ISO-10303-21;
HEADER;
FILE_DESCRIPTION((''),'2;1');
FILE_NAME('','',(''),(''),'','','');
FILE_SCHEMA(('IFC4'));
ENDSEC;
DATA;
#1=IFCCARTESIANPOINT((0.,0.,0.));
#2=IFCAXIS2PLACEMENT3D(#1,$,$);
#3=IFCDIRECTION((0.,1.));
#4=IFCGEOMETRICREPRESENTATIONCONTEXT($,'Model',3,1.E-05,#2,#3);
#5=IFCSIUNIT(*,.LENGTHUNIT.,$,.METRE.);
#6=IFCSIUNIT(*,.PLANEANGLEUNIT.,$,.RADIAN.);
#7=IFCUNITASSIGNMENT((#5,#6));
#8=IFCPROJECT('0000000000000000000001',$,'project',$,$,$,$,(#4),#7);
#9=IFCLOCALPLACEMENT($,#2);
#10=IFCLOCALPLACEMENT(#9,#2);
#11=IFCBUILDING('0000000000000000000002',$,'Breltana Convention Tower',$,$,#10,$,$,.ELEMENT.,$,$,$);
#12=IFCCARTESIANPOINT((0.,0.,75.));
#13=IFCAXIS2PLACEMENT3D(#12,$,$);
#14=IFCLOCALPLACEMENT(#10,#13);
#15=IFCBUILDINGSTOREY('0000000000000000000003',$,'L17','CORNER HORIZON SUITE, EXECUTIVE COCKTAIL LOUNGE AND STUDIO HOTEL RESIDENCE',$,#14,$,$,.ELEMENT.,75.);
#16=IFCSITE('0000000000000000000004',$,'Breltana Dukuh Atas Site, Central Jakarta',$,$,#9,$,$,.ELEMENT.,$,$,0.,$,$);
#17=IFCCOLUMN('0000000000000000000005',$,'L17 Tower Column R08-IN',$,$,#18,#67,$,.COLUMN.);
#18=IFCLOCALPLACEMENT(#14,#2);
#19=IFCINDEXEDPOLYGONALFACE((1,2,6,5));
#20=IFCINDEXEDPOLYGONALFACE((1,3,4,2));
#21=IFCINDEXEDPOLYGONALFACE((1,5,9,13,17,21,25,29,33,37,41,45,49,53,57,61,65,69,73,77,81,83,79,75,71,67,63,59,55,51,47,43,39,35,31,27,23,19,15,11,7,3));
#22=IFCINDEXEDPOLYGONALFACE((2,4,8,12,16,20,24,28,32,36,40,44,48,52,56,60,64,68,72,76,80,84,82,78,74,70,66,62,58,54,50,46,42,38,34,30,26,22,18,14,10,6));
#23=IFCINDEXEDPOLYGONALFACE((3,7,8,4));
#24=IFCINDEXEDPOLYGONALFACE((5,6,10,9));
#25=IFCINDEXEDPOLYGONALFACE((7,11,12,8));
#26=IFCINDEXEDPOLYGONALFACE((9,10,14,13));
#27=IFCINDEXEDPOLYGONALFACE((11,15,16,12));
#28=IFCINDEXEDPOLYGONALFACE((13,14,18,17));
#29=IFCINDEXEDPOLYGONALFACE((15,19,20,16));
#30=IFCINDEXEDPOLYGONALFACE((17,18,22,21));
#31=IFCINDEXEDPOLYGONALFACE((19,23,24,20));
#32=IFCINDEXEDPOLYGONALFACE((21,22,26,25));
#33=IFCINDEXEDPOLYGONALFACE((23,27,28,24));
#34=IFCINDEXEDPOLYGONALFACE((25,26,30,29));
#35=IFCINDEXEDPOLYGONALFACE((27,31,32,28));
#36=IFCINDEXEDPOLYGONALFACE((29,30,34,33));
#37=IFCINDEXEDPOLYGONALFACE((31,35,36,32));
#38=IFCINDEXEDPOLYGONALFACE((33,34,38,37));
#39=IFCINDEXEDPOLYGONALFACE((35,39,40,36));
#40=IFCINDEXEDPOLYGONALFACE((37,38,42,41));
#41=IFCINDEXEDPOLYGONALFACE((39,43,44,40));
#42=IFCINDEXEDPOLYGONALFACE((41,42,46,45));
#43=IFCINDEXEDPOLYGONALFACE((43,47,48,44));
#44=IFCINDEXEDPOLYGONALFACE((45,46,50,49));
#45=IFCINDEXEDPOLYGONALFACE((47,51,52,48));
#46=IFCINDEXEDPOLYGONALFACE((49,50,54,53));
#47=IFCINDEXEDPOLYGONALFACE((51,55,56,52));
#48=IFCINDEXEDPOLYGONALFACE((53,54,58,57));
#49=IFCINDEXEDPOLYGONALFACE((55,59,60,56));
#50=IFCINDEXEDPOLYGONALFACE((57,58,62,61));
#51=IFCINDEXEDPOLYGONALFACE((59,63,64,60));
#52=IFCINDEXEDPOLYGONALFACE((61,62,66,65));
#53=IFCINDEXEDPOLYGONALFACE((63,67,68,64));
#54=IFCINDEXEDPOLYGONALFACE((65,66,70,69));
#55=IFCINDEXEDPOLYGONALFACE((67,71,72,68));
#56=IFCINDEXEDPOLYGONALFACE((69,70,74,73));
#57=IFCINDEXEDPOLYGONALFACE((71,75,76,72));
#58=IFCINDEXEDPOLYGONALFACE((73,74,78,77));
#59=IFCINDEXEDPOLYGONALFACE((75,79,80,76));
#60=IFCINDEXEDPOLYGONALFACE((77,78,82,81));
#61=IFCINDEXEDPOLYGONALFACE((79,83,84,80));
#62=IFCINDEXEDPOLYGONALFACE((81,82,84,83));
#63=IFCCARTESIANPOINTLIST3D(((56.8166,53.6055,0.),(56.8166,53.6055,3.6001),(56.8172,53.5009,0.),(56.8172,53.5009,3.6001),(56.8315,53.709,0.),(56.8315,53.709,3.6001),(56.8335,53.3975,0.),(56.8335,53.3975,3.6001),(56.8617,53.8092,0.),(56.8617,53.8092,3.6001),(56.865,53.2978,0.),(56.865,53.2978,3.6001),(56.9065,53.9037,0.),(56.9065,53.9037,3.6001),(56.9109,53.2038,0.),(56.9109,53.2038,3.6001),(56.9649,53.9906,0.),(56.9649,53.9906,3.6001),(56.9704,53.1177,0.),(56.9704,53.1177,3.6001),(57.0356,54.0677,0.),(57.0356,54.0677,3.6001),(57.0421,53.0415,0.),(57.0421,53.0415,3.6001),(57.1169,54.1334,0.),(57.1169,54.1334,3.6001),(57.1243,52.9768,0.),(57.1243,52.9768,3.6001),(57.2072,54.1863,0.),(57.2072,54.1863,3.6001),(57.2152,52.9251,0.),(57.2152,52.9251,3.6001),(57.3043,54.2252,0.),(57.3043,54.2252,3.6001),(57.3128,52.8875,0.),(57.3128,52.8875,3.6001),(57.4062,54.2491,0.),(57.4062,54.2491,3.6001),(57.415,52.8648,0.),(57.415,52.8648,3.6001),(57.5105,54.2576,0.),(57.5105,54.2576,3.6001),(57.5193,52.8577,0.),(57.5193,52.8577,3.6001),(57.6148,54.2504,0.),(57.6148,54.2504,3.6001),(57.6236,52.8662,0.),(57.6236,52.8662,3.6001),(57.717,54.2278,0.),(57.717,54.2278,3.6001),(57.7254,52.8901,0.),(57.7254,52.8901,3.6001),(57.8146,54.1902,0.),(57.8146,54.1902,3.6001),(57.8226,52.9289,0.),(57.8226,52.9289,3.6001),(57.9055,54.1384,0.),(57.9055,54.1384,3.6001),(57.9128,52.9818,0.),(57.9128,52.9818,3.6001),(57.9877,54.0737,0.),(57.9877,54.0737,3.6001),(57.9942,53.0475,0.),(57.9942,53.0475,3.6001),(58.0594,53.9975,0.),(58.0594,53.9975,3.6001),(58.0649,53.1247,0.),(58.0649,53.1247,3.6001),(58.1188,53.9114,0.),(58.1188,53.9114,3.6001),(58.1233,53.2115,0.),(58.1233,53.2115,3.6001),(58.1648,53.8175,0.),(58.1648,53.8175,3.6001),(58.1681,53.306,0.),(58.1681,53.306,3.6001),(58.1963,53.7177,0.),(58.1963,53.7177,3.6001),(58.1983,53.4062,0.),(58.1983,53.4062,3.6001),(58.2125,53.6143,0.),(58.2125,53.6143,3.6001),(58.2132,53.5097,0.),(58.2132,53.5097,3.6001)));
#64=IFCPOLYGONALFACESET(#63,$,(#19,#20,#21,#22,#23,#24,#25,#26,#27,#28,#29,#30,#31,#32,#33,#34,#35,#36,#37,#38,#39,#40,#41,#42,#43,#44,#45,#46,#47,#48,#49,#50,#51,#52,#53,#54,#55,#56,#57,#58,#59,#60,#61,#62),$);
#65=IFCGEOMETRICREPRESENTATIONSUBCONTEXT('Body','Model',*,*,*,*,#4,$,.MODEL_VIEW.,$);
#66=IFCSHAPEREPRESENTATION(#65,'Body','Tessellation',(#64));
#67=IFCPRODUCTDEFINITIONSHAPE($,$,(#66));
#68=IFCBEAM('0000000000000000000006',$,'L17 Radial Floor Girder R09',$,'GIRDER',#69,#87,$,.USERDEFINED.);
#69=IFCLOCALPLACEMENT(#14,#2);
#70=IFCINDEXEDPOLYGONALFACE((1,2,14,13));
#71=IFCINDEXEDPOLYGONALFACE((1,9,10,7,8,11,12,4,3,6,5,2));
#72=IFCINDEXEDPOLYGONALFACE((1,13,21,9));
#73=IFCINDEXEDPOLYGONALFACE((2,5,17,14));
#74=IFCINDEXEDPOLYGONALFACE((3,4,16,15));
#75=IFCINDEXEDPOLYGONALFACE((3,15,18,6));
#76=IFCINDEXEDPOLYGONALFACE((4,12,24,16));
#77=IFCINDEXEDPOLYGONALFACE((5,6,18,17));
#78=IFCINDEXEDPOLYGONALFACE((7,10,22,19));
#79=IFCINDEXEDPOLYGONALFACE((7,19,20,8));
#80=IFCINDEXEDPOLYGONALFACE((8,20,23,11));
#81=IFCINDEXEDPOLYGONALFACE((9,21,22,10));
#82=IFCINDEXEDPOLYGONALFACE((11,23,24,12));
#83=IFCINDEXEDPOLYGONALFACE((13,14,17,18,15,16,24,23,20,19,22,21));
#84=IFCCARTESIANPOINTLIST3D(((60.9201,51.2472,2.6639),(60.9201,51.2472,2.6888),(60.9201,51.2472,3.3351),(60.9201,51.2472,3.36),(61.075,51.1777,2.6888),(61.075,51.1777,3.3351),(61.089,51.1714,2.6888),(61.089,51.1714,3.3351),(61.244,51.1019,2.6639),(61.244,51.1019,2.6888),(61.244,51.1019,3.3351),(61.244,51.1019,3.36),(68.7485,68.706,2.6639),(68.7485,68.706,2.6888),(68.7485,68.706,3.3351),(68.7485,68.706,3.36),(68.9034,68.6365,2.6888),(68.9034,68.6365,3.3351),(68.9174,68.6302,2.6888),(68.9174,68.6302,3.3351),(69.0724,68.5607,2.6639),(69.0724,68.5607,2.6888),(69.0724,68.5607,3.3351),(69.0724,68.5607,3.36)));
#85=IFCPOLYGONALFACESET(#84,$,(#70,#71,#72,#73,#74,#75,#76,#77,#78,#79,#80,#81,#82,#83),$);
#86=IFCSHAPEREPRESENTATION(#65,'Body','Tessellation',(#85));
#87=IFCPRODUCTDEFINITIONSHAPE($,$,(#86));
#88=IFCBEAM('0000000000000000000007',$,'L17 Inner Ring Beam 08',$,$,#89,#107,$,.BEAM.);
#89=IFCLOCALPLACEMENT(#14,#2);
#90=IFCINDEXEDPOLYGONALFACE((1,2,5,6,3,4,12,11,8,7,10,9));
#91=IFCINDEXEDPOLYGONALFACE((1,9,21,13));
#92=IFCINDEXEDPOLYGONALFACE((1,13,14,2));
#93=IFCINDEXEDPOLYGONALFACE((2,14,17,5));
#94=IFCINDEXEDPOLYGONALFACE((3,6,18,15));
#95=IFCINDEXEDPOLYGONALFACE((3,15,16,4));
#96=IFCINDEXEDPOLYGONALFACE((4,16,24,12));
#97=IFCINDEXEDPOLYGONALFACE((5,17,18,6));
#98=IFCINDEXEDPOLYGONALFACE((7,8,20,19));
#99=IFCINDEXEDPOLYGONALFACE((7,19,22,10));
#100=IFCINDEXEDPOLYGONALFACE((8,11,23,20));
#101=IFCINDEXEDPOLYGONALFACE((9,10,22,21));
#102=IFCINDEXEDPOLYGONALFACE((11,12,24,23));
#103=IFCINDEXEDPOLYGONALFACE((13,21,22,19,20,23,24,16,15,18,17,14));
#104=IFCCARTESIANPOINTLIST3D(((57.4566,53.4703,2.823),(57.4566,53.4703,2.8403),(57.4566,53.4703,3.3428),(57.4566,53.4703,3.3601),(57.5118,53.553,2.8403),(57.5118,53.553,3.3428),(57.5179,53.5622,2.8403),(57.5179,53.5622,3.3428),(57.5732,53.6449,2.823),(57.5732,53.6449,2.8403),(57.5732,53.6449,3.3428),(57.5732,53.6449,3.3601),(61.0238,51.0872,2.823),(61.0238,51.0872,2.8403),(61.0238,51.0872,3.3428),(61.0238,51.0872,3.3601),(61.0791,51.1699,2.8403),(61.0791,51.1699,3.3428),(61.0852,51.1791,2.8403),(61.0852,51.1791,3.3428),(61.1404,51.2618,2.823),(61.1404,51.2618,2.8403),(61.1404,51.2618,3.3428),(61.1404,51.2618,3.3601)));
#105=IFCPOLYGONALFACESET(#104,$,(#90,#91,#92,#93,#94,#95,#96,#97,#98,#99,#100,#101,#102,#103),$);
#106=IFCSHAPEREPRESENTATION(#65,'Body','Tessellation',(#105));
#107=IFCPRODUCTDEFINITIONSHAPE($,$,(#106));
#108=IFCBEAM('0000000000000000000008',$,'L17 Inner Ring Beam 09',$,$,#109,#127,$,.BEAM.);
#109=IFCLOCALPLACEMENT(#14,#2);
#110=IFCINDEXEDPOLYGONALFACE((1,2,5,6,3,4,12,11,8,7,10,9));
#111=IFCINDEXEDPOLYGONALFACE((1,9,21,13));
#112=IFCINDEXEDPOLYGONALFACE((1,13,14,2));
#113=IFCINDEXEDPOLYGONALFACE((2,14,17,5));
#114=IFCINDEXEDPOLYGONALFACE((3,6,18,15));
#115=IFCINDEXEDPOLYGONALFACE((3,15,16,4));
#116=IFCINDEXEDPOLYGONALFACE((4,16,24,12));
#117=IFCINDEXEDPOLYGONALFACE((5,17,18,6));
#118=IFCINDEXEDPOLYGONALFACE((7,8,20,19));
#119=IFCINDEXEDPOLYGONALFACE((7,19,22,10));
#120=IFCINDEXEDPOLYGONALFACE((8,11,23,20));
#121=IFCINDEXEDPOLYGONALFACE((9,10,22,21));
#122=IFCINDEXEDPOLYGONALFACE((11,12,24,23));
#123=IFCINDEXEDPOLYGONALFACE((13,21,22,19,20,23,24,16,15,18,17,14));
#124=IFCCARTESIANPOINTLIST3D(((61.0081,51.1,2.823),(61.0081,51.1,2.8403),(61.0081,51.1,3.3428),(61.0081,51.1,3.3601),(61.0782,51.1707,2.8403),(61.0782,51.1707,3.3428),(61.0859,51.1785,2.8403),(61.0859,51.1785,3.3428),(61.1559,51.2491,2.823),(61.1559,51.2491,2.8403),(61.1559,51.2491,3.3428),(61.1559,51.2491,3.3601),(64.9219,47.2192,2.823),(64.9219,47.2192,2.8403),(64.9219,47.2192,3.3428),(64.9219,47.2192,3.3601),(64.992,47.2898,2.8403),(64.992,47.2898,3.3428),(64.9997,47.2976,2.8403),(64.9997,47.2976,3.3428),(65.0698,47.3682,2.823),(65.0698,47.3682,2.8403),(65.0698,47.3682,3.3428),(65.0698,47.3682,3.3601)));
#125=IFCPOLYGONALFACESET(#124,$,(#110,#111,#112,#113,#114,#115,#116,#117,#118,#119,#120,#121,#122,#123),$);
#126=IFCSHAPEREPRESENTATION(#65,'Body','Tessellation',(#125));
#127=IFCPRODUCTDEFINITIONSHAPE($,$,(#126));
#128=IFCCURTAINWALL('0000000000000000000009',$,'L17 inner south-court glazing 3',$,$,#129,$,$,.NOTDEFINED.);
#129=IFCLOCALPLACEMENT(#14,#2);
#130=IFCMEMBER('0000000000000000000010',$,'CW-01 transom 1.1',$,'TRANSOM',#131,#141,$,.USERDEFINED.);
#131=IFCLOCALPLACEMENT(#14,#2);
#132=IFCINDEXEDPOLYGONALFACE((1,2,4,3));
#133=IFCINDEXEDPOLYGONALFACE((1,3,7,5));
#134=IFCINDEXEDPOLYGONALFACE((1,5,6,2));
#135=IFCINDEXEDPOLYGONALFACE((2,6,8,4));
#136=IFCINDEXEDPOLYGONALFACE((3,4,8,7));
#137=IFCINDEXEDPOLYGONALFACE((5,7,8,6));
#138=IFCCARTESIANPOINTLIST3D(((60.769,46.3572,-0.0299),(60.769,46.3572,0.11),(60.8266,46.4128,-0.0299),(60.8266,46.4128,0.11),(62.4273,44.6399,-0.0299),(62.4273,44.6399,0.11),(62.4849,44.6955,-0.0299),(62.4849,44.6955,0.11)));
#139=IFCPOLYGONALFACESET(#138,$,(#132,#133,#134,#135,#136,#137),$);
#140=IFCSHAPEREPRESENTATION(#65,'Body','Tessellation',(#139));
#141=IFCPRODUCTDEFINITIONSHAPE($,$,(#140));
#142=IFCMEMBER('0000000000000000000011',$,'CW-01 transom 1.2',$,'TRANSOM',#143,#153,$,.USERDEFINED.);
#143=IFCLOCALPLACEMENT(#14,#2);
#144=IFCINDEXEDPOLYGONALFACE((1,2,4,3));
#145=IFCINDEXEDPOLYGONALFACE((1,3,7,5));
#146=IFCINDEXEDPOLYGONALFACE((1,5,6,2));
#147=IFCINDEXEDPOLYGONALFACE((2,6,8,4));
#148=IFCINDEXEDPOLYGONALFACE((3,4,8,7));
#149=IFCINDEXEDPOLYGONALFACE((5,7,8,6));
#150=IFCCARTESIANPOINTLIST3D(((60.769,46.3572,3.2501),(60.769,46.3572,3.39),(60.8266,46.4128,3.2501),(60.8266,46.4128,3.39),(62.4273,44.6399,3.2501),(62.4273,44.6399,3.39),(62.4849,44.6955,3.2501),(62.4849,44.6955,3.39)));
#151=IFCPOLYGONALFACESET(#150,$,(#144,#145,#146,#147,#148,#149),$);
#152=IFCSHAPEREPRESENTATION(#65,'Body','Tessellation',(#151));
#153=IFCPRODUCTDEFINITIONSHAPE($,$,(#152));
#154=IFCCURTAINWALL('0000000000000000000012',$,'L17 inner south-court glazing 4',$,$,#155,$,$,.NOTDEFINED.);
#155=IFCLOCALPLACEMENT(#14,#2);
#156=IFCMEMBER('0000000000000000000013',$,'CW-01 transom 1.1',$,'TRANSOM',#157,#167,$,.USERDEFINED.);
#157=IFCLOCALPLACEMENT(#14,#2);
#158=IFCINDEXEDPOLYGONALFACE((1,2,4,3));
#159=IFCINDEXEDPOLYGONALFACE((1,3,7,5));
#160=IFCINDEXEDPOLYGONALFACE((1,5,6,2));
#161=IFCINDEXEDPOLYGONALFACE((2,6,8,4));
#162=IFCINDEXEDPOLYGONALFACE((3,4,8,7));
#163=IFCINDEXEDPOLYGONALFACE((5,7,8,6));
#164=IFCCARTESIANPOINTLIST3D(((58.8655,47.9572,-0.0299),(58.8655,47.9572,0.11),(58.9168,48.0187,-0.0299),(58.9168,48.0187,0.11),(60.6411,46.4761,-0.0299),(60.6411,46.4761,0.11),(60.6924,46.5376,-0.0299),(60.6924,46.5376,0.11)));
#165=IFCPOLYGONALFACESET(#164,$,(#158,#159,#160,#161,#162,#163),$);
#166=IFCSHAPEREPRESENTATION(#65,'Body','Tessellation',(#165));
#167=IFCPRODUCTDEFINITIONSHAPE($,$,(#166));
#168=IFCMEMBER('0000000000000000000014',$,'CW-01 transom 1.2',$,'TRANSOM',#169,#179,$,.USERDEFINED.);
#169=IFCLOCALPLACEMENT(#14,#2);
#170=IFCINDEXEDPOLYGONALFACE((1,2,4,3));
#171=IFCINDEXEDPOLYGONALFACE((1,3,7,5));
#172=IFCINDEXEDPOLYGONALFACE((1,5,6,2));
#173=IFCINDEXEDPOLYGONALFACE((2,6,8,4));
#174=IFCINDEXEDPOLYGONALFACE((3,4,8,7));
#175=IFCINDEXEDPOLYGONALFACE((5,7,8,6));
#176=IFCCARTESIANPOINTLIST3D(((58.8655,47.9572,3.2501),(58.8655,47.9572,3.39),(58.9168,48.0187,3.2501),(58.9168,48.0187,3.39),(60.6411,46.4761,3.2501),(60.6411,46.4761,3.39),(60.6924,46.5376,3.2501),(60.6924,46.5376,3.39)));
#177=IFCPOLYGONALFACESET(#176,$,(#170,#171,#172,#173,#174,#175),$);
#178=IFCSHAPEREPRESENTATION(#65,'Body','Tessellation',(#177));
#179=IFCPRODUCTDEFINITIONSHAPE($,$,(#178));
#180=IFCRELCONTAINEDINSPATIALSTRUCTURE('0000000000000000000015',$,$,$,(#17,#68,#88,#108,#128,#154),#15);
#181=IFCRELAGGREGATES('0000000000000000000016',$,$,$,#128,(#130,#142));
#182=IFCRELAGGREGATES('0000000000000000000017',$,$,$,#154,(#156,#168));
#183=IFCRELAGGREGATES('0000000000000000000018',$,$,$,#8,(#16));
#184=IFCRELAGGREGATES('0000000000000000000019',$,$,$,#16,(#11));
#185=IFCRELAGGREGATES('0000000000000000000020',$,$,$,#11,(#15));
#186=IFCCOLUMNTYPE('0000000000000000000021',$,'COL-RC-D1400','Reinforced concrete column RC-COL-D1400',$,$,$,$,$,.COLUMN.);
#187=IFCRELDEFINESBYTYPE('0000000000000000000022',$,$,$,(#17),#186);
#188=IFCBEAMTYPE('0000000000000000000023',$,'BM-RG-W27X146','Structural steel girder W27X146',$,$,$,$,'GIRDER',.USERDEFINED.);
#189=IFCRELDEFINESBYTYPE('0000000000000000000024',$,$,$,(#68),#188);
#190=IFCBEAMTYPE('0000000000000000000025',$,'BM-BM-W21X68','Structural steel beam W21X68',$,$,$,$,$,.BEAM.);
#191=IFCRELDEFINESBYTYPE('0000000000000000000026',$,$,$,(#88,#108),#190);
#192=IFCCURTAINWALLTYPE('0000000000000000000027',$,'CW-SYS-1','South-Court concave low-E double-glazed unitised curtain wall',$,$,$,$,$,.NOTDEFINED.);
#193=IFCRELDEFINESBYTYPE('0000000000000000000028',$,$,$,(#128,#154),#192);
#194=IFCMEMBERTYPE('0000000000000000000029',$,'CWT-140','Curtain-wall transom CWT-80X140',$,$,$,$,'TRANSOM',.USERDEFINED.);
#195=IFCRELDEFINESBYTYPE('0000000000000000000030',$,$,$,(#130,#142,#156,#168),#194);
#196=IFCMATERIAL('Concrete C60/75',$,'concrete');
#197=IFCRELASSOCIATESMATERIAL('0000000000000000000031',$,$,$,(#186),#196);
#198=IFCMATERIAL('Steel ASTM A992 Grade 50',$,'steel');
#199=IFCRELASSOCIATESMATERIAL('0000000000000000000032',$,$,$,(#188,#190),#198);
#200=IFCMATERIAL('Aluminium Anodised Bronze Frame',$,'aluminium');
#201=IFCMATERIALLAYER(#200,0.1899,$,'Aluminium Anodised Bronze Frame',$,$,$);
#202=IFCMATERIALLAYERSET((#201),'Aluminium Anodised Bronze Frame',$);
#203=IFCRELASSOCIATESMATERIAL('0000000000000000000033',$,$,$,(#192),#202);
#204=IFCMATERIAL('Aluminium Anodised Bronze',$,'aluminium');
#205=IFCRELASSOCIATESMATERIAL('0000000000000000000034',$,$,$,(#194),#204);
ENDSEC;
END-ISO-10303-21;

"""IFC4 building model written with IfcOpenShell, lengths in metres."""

from ifc_helpers import new_model, si_unit, direction, frame, origin, origin_2d, place, context, subcontext, project, spatial, rectangle, circle, i_section, extrude, source, transform, mapped, material, layer, layer_set, material_profile, profile_set, type_object, type_shapes, element, aggregate, save


model = new_model("IFC4")

# Units and contexts
model_context = context("Model", 3, precision=1e-05, world=origin(), true_north=direction((0.0, 1.0)))
body_context = subcontext(model_context, "Body", "Model", "MODEL_VIEW")
ifc_project = project(units=[si_unit("LENGTHUNIT", "METRE"), si_unit("PLANEANGLEUNIT", "RADIAN")], contexts=[model_context])

# Site, building, storey
site_placement = place(None, origin())
site = spatial("IfcSite", under=ifc_project, at=site_placement, Name="Breltana Dukuh Atas Site, Central Jakarta", CompositionType="ELEMENT", RefElevation=0.0)
building_placement = place(site_placement, origin())
building = spatial("IfcBuilding", under=site, at=building_placement, Name="Breltana Convention Tower", CompositionType="ELEMENT")
storey_placement = place(building_placement, frame((0.0, 0.0, 75.0)))
storey = spatial("IfcBuildingStorey", under=building, at=storey_placement, Name="L17", Description="CORNER HORIZON SUITE, EXECUTIVE COCKTAIL LOUNGE AND STUDIO HOTEL RESIDENCE", CompositionType="ELEMENT", Elevation=75.0)

# Column
ifc_material_1 = material(Name="Concrete C60/75", Category="concrete")
ifc_material_profile_1 = material_profile(ifc_material_1, circle(Radius=0.7, at=origin_2d()), Name="RC-COL-D1400")
ifc_profile_set_1 = profile_set([ifc_material_profile_1], Name="Concrete C60/75")
column_type = type_object("IfcColumnType", Name="COL-RC-D1400", Description="Reinforced concrete column RC-COL-D1400", PredefinedType="COLUMN", material=ifc_profile_set_1)
shared_shape_1 = source(origin(), body_context, "Body", "SweptSolid", [
    extrude(circle(Radius=0.7, at=origin_2d()), origin(), (0.0, 0.0, 1.0), 3.6001),
])
for number, where, z_axis, x_axis, name in (
    (1, (57.5149, 53.5576, 0.0), (0.0, 0.0, 1.0), (0.288698, 0.95742, 0.0), "L17 Tower Column R08-IN"),
):
    element("IfcColumn", number, at=place(storey_placement, frame(where, z_axis=z_axis, x_axis=x_axis)), inside=storey, type_object=column_type, Name=name, PredefinedType="COLUMN", context=body_context, shape_type="MappedRepresentation", body=[
        mapped(shared_shape_1, transform((0.0, 0.0, 0.0), scale=1.0)),
    ])

# Beams
ifc_material_2 = material(Name="Steel ASTM A992 Grade 50", Category="steel")
ifc_material_profile_2 = material_profile(ifc_material_2, i_section(OverallWidth=0.355, OverallDepth=0.696, WebThickness=0.0154, FlangeThickness=0.0249, at=origin_2d()), Name="W27X146")
ifc_profile_set_2 = profile_set([ifc_material_profile_2], Name="Steel ASTM A992 Grade 50")
beam_type_1 = type_object("IfcBeamType", Name="BM-RG-W27X146", Description="Structural steel girder W27X146", ElementType="GIRDER", PredefinedType="USERDEFINED", material=ifc_profile_set_2)
shared_shape_2 = source(origin(), body_context, "Body", "SweptSolid", [
    extrude(i_section(OverallWidth=0.355, OverallDepth=0.696, WebThickness=0.0154, FlangeThickness=0.0249, at=origin_2d()), origin(), (0.0, 0.0, 1.0), 19.1335),
])
beam_1_placement = place(storey_placement, frame((61.082, 51.1746, 3.012), z_axis=(0.409145, 0.91247, 0.0), x_axis=(-0.91247, 0.409145, 0.0)))
element("IfcBeam", 2, at=beam_1_placement, inside=storey, type_object=beam_type_1, Name="L17 Radial Floor Girder R09", ObjectType="GIRDER", PredefinedType="USERDEFINED", context=body_context, shape_type="MappedRepresentation", body=[
    mapped(shared_shape_2, transform((0.0, 0.0, 0.0), scale=1.0)),
])
ifc_material_profile_3 = material_profile(ifc_material_2, i_section(OverallWidth=0.21, OverallDepth=0.5371, WebThickness=0.011, FlangeThickness=0.0173, at=origin_2d()), Name="W21X68")
ifc_profile_set_3 = profile_set([ifc_material_profile_3], Name="Steel ASTM A992 Grade 50")
beam_type_2 = type_object("IfcBeamType", Name="BM-BM-W21X68", Description="Structural steel beam W21X68", PredefinedType="BEAM", material=ifc_profile_set_3)
shared_shape_3 = source(origin(), body_context, "Body", "SweptSolid", [
    extrude(i_section(OverallWidth=0.21, OverallDepth=0.5371, WebThickness=0.011, FlangeThickness=0.0173, at=origin_2d()), origin(), (0.0, 0.0, 1.0), 4.29),
])
beam_2_placement = place(storey_placement, frame((57.5149, 53.5576, 3.0916), z_axis=(0.831516, -0.555501, 0.0), x_axis=(0.555501, 0.831516, 0.0)))
element("IfcBeam", 3, at=beam_2_placement, inside=storey, type_object=beam_type_2, Name="L17 Inner Ring Beam 08", PredefinedType="BEAM", context=body_context, shape_type="MappedRepresentation", body=[
    mapped(shared_shape_3, transform((0.0, 0.0, 0.0), scale=1.0)),
])
shared_shape_4 = source(origin(), body_context, "Body", "SweptSolid", [
    extrude(i_section(OverallWidth=0.21, OverallDepth=0.5371, WebThickness=0.011, FlangeThickness=0.0173, at=origin_2d()), origin(), (0.0, 0.0, 1.0), 5.5117),
])
beam_3_placement = place(storey_placement, frame((61.082, 51.1746, 3.0916), z_axis=(0.71009, -0.704111, 0.0), x_axis=(0.704111, 0.71009, 0.0)))
element("IfcBeam", 4, at=beam_3_placement, inside=storey, type_object=beam_type_2, Name="L17 Inner Ring Beam 09", PredefinedType="BEAM", context=body_context, shape_type="MappedRepresentation", body=[
    mapped(shared_shape_4, transform((0.0, 0.0, 0.0), scale=1.0)),
])

# Curtain walls, members
ifc_material_3 = material(Name="Aluminium Anodised Bronze Frame", Category="aluminium")
ifc_layer_1 = layer(ifc_material_3, 0.1899, Name="Aluminium Anodised Bronze Frame")
ifc_layer_set_1 = layer_set([ifc_layer_1], Name="Aluminium Anodised Bronze Frame")
curtain_wall_type = type_object("IfcCurtainWallType", Name="CW-SYS-1", Description="South-Court concave low-E double-glazed unitised curtain wall", PredefinedType="NOTDEFINED", material=ifc_layer_set_1)
curtain_wall_1_placement = place(storey_placement, origin())
curtain_wall_1 = element("IfcCurtainWall", 5, at=curtain_wall_1_placement, inside=storey, type_object=curtain_wall_type, Name="L17 inner south-court glazing 3", PredefinedType="NOTDEFINED")
ifc_material_4 = material(Name="Aluminium Anodised Bronze", Category="aluminium")
ifc_material_profile_4 = material_profile(ifc_material_4, rectangle(XDim=0.0801, YDim=0.1399, at=origin_2d()), Name="CWT-80X140")
ifc_profile_set_4 = profile_set([ifc_material_profile_4], Name="Aluminium Anodised Bronze")
member_type_1 = type_object("IfcMemberType", Name="CWT-140", Description="Curtain-wall transom CWT-80X140", ElementType="TRANSOM", PredefinedType="USERDEFINED", material=ifc_profile_set_4)
shared_shape_5 = source(origin(), body_context, "Body", "SweptSolid", [
    extrude(rectangle(XDim=0.0801, YDim=0.1399, at=origin_2d()), origin(), (0.0, 0.0, 1.0), 2.3872),
])
type_shapes(member_type_1, [shared_shape_5])
member_1_placement = place(storey_placement, frame((62.4561, 44.6677, 0.04), z_axis=(-0.694624, 0.719373, 0.0), x_axis=(-0.719373, -0.694624, 0.0)))
member_1 = element("IfcMember", 6, at=member_1_placement, type_object=member_type_1, Name="CW-01 transom 1.1", ObjectType="TRANSOM", PredefinedType="USERDEFINED", context=body_context, shape_type="MappedRepresentation", body=[
    mapped(shared_shape_5, transform((0.0, 0.0, 0.0), scale=1.0)),
])
member_2_placement = place(storey_placement, frame((62.4561, 44.6677, 3.3201), z_axis=(-0.694624, 0.719373, 0.0), x_axis=(-0.719373, -0.694624, 0.0)))
member_2 = element("IfcMember", 7, at=member_2_placement, type_object=member_type_1, Name="CW-01 transom 1.2", ObjectType="TRANSOM", PredefinedType="USERDEFINED", context=body_context, shape_type="MappedRepresentation", body=[
    mapped(shared_shape_5, transform((0.0, 0.0, 0.0), scale=1.0)),
])
curtain_wall_2_placement = place(storey_placement, origin())
curtain_wall_2 = element("IfcCurtainWall", 8, at=curtain_wall_2_placement, inside=storey, type_object=curtain_wall_type, Name="L17 inner south-court glazing 4", PredefinedType="NOTDEFINED")
shared_shape_6 = source(origin(), body_context, "Body", "SweptSolid", [
    extrude(rectangle(XDim=0.0801, YDim=0.1399, at=origin_2d()), origin(), (0.0, 0.0, 1.0), 2.3123),
])
member_3_placement = place(storey_placement, frame((60.6667, 46.5068, 0.04), z_axis=(-0.767901, 0.640569, 0.0), x_axis=(-0.640569, -0.767901, 0.0)))
member_3 = element("IfcMember", 9, at=member_3_placement, type_object=member_type_1, Name="CW-01 transom 1.1", ObjectType="TRANSOM", PredefinedType="USERDEFINED", context=body_context, shape_type="MappedRepresentation", body=[
    mapped(shared_shape_6, transform((0.0, 0.0, 0.0), scale=1.0)),
])
member_4_placement = place(storey_placement, frame((60.6667, 46.5068, 3.3201), z_axis=(-0.767901, 0.640569, 0.0), x_axis=(-0.640569, -0.767901, 0.0)))
member_4 = element("IfcMember", 10, at=member_4_placement, type_object=member_type_1, Name="CW-01 transom 1.2", ObjectType="TRANSOM", PredefinedType="USERDEFINED", context=body_context, shape_type="MappedRepresentation", body=[
    mapped(shared_shape_6, transform((0.0, 0.0, 0.0), scale=1.0)),
])

aggregate(curtain_wall_1, [member_1, member_2])
aggregate(curtain_wall_2, [member_3, member_4])

save(model, "model.ifc")
